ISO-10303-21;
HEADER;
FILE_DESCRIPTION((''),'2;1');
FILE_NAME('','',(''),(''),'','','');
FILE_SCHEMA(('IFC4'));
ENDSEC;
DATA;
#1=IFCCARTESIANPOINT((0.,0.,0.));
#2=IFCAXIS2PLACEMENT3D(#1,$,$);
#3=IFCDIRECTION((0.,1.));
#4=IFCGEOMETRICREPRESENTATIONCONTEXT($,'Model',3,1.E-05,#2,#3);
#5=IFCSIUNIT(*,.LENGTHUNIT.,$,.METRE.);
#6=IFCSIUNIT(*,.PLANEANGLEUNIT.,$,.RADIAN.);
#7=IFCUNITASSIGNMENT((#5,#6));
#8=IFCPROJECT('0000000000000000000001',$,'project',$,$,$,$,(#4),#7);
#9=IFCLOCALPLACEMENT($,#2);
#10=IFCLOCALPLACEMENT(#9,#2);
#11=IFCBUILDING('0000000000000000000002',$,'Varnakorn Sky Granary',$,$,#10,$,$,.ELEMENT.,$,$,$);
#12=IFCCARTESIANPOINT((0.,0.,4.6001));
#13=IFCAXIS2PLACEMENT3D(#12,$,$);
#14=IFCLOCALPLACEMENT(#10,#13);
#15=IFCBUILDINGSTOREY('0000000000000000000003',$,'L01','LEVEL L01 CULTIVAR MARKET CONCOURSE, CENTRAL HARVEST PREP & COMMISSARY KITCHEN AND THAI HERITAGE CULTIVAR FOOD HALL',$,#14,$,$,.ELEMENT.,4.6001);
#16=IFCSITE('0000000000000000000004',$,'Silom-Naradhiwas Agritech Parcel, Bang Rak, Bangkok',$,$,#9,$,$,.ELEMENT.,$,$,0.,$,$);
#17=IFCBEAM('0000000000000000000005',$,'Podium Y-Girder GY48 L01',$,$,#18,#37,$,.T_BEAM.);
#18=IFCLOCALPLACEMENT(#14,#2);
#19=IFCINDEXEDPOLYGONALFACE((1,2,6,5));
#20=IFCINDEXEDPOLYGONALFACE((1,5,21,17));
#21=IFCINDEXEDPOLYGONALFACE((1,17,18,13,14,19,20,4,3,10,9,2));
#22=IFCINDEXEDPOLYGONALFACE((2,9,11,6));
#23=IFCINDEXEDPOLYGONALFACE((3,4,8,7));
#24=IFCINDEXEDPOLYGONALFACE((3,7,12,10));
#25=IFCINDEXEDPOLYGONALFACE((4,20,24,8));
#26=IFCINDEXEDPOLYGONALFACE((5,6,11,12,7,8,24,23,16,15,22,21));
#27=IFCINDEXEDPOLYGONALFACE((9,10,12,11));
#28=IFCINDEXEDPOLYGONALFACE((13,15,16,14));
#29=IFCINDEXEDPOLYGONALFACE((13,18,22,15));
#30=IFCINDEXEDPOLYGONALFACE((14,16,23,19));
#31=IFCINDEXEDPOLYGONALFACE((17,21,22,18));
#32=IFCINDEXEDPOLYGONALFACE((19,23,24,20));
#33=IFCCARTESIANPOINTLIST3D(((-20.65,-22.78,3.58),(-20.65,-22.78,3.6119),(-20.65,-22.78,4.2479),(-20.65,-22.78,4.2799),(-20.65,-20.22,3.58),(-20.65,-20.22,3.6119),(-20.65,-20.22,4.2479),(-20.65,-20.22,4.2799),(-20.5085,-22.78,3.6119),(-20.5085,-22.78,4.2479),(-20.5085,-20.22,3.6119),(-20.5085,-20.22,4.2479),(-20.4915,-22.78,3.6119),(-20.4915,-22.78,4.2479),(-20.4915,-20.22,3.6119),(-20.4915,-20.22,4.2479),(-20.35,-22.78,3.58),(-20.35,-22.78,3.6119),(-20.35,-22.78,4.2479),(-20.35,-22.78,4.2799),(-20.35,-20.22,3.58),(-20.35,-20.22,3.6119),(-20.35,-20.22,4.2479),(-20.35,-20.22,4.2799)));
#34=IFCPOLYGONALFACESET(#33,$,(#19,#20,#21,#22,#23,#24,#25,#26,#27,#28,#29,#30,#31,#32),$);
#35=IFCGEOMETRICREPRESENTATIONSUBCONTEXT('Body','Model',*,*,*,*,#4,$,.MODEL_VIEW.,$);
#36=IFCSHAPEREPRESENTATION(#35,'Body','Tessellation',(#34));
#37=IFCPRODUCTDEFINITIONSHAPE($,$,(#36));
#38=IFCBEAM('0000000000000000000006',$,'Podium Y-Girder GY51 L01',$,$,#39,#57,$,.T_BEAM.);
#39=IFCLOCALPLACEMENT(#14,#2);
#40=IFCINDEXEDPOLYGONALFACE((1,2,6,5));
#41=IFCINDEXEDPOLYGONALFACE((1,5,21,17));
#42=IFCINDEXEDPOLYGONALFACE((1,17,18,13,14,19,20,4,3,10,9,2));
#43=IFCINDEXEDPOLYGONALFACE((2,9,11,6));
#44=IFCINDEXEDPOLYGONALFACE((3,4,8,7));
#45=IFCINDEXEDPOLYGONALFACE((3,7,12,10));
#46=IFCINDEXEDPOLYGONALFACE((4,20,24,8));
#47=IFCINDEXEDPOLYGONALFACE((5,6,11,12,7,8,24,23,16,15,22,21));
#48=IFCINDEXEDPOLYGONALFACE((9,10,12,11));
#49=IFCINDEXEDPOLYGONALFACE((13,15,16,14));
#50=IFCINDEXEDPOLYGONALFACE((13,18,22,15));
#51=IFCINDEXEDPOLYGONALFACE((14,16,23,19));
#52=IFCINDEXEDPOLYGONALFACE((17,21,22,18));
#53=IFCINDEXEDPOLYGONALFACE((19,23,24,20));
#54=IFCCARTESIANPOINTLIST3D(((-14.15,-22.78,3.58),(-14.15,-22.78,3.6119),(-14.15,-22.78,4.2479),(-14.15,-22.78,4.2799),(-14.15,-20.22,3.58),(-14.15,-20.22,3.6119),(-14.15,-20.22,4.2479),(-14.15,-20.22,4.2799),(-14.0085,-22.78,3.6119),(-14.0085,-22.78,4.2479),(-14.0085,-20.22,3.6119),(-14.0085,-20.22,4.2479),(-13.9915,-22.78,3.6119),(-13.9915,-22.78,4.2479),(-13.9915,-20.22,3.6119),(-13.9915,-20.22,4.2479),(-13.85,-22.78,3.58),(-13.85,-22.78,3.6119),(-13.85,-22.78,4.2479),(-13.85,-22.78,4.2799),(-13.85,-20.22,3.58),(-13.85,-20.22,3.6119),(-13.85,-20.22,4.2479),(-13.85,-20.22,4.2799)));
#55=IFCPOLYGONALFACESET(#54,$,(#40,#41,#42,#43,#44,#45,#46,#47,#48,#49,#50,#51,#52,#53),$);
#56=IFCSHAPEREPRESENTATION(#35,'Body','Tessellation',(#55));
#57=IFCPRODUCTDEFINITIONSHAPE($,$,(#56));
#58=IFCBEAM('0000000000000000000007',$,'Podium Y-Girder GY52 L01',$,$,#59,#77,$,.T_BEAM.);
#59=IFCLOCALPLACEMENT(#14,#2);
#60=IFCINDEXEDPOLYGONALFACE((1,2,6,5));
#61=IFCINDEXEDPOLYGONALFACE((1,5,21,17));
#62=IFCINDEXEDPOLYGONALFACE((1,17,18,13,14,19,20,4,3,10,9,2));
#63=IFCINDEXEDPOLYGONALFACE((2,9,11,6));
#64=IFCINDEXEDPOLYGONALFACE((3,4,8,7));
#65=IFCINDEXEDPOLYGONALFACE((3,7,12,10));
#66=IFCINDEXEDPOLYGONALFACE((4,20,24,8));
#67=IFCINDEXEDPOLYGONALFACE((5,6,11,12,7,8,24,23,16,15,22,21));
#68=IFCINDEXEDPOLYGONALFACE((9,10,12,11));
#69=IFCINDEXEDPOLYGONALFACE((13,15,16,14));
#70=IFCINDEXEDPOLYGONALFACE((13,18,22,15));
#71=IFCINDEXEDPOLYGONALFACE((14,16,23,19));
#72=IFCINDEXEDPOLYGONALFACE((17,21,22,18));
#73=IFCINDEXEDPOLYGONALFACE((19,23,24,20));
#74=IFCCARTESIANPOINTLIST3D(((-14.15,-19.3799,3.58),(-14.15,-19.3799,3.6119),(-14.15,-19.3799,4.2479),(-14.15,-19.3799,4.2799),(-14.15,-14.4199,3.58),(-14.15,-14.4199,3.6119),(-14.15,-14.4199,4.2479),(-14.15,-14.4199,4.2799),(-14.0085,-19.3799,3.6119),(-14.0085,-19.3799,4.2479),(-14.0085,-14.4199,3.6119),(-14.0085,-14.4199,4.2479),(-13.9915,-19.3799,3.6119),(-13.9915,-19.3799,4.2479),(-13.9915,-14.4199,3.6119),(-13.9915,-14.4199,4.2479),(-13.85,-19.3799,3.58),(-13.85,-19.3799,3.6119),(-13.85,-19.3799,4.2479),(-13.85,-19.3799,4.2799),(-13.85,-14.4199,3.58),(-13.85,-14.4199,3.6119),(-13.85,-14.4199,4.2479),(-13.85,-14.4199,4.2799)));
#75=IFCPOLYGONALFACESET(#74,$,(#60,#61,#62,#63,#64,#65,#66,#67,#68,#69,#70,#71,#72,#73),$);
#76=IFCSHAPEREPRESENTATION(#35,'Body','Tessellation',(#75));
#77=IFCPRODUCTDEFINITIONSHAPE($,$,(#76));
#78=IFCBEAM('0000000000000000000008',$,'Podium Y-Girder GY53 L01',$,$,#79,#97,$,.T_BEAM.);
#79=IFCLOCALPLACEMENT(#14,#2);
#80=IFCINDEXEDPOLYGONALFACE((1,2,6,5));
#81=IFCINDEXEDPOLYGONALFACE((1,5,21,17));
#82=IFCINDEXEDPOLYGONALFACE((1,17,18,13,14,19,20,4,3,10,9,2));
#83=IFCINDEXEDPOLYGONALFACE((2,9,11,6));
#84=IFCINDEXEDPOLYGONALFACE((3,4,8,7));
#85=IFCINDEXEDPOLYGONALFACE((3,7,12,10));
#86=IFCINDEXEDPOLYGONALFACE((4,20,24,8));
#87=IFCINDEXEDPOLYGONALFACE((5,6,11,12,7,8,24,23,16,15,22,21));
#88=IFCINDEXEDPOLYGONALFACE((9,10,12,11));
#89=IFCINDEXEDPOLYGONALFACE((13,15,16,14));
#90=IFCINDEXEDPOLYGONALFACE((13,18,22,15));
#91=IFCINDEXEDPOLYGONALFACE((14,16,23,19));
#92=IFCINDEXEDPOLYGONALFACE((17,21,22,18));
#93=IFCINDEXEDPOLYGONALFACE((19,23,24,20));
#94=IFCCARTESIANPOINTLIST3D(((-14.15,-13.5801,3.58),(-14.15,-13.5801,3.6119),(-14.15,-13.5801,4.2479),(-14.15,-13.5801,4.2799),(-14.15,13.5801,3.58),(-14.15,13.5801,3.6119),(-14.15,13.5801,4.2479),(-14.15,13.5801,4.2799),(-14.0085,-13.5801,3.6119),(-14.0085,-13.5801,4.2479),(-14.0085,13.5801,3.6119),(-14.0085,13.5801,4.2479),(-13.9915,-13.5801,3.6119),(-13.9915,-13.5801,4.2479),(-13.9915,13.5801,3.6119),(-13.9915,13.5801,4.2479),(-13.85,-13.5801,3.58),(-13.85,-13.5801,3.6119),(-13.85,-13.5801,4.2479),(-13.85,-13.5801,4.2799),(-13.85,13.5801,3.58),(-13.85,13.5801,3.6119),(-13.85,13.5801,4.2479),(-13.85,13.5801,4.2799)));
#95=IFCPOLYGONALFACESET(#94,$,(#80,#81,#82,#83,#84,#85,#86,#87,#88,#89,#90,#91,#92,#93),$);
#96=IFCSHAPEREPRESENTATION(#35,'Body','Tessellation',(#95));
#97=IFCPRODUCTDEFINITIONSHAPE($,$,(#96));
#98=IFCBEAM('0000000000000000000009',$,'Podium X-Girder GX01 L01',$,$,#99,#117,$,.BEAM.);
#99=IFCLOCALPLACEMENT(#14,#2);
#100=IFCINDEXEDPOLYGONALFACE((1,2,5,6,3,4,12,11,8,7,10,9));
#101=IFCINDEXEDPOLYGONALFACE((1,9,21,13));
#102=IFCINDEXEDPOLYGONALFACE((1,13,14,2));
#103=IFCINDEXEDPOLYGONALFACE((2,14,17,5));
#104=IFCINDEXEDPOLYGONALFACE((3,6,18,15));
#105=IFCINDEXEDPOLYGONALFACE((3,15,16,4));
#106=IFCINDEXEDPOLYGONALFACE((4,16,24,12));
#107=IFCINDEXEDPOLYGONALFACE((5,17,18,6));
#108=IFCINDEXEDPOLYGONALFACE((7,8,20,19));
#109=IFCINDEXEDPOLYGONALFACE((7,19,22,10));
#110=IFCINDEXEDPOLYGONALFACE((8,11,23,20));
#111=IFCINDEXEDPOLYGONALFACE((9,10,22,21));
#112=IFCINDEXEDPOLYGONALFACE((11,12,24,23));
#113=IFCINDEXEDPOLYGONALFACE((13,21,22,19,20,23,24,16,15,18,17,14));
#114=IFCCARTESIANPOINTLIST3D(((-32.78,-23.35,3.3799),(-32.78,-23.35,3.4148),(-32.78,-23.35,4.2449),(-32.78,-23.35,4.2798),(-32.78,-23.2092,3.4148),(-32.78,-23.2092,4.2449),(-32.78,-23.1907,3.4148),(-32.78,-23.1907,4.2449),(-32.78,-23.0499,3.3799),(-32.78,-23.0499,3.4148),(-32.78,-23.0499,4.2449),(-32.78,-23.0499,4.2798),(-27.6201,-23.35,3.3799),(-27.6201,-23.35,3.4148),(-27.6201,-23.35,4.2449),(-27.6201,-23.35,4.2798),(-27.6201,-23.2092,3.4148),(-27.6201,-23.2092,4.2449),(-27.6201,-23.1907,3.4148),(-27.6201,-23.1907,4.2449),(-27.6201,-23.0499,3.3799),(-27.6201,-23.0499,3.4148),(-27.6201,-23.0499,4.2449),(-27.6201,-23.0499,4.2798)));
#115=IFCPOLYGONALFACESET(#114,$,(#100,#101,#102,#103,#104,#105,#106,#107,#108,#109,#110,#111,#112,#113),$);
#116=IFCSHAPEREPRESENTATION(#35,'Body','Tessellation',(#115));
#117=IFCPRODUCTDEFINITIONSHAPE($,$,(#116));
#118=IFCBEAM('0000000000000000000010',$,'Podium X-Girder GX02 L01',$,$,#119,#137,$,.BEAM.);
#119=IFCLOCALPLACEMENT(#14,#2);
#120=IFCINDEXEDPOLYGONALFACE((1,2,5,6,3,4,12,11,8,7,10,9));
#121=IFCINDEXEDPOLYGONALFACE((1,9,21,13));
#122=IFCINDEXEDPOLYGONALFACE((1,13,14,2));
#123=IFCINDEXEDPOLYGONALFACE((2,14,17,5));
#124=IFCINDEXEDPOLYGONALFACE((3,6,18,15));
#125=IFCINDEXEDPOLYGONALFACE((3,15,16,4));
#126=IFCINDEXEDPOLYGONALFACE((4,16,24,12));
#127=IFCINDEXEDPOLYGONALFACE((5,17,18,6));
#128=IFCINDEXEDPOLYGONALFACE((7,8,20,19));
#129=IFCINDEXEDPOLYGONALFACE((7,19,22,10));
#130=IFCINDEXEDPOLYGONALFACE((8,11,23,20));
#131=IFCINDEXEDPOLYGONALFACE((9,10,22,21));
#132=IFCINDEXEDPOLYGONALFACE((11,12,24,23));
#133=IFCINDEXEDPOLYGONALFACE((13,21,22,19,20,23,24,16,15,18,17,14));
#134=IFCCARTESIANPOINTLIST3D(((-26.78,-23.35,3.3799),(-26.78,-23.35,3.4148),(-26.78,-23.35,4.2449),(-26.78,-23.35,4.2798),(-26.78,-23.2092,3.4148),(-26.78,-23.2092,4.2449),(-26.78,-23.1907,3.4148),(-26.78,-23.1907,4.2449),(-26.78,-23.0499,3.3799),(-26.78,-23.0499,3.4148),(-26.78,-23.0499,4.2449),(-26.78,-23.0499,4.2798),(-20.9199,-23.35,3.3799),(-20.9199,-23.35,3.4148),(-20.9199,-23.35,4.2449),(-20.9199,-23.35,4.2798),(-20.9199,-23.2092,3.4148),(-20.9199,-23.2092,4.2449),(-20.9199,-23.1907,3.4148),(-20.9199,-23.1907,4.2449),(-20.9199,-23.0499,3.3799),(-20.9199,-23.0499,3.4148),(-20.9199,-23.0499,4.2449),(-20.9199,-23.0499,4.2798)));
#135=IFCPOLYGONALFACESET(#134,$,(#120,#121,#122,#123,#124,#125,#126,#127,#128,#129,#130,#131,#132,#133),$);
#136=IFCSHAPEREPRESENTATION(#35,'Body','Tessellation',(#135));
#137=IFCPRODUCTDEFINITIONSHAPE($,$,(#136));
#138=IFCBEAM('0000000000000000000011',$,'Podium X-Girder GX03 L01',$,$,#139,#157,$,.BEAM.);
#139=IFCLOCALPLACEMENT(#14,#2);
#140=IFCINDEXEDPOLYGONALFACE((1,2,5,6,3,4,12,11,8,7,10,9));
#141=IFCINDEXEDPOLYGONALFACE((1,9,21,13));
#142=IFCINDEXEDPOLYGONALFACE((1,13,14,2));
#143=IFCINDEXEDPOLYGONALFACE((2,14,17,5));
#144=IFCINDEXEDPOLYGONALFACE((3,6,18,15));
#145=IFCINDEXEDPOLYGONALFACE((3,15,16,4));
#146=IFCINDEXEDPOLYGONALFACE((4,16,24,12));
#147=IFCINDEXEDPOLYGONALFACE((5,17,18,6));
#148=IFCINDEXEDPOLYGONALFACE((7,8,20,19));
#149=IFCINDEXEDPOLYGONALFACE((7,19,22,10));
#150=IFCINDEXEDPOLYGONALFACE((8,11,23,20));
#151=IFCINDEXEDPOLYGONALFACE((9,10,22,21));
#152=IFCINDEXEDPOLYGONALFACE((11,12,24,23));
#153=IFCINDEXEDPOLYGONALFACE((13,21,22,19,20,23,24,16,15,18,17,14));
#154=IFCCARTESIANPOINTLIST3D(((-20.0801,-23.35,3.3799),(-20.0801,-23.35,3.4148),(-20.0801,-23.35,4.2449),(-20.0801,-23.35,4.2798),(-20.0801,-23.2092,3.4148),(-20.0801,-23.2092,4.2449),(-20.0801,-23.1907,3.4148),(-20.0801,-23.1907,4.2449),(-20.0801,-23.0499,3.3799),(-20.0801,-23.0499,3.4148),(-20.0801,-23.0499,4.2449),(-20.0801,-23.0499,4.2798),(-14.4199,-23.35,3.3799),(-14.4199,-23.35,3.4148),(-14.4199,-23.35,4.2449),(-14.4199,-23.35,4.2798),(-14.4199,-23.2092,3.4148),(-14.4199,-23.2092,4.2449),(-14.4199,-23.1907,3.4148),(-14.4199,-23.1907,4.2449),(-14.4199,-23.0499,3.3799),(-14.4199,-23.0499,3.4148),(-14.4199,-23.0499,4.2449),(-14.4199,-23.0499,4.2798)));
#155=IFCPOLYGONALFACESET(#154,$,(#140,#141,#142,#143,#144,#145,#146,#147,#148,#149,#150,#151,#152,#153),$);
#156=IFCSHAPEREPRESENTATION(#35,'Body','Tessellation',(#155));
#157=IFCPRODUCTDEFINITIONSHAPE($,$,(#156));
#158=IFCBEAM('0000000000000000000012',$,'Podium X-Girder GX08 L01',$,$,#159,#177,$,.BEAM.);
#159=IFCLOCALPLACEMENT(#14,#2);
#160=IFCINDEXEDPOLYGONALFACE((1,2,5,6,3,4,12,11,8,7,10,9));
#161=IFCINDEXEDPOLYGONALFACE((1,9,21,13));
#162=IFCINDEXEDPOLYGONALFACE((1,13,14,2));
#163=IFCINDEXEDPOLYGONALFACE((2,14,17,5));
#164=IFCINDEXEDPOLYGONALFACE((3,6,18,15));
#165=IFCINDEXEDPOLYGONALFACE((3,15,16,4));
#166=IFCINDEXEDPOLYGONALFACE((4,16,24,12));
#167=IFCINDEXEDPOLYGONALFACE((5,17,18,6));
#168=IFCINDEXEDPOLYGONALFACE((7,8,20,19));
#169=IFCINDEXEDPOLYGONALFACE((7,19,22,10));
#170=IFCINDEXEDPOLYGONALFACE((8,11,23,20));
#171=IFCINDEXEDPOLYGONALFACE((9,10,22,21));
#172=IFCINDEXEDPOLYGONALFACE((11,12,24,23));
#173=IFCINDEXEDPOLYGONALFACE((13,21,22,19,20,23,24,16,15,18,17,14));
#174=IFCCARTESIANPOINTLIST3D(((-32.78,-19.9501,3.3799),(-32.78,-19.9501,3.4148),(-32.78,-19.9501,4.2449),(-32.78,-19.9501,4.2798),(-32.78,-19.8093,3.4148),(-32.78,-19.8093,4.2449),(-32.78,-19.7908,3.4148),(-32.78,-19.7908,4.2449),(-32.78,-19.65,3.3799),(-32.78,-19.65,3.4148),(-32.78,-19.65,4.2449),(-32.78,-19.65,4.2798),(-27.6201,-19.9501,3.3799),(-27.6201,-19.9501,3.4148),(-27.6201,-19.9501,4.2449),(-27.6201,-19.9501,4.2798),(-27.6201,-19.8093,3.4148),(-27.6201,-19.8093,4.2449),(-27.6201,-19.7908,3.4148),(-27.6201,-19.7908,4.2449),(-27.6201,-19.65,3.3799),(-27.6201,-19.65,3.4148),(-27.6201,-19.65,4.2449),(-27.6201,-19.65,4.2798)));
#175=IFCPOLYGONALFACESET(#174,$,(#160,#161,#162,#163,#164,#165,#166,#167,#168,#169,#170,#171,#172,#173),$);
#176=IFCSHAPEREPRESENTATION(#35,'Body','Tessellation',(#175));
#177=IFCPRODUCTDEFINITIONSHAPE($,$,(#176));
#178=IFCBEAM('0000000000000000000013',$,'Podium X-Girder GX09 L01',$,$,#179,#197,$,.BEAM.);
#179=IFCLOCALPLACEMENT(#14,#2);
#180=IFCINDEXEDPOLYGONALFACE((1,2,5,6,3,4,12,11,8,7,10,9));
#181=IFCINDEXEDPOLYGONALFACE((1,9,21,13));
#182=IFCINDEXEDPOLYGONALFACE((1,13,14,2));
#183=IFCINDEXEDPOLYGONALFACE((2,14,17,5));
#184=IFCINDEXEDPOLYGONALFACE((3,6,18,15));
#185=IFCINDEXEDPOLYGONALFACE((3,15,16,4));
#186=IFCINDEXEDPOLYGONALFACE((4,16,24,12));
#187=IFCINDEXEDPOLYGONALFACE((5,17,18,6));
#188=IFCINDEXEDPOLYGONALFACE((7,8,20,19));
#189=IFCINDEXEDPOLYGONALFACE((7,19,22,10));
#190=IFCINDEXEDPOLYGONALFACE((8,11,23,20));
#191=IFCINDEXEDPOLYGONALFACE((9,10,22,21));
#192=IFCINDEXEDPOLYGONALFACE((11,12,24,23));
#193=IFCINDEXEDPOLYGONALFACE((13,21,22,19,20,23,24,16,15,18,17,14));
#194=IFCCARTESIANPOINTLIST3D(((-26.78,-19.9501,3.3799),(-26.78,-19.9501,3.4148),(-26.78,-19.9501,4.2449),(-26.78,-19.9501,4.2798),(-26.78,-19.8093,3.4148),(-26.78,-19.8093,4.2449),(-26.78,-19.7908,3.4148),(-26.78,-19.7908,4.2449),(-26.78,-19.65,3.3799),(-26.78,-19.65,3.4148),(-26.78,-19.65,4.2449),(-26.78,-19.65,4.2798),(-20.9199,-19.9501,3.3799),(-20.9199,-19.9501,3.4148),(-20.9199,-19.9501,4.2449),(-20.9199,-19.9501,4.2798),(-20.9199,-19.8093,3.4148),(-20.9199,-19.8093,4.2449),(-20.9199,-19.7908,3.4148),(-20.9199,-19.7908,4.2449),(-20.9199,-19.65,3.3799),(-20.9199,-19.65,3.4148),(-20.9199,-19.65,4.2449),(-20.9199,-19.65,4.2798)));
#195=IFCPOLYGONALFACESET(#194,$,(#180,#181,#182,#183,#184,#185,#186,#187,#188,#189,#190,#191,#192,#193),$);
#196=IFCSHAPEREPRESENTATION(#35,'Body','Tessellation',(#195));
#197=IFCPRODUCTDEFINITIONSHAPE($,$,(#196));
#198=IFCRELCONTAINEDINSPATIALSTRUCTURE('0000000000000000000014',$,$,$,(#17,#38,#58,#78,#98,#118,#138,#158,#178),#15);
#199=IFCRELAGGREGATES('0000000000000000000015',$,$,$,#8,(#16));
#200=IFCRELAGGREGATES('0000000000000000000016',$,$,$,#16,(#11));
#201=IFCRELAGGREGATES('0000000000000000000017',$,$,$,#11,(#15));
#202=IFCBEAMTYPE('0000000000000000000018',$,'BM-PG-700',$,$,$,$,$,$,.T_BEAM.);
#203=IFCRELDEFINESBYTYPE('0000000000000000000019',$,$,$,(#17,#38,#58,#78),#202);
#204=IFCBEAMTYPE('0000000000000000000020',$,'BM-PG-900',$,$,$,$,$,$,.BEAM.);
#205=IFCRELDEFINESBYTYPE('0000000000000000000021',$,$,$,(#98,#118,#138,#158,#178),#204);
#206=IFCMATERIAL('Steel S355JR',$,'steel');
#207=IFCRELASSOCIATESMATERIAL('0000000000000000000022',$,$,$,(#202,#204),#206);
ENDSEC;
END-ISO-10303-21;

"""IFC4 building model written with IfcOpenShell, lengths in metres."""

from ifc_helpers import new_model, si_unit, direction, frame, origin, origin_2d, place, context, subcontext, project, spatial, i_section, extrude, material, material_profile, profile_set, type_object, element, save


model = new_model("IFC4")

# Units and contexts
model_context = context("Model", 3, precision=1e-05, world=origin(), true_north=direction((0.0, 1.0)))
body_context = subcontext(model_context, "Body", "Model", "MODEL_VIEW")
ifc_project = project(units=[si_unit("LENGTHUNIT", "METRE"), si_unit("PLANEANGLEUNIT", "RADIAN")], contexts=[model_context])

# Site, building, storey
site_placement = place(None, origin())
site = spatial("IfcSite", under=ifc_project, at=site_placement, Name="Silom-Naradhiwas Agritech Parcel, Bang Rak, Bangkok", CompositionType="ELEMENT", RefElevation=0.0)
building_placement = place(site_placement, origin())
building = spatial("IfcBuilding", under=site, at=building_placement, Name="Varnakorn Sky Granary", CompositionType="ELEMENT")
storey_placement = place(building_placement, frame((0.0, 0.0, 4.6001)))
storey = spatial("IfcBuildingStorey", under=building, at=storey_placement, Name="L01", Description="LEVEL L01 CULTIVAR MARKET CONCOURSE, CENTRAL HARVEST PREP & COMMISSARY KITCHEN AND THAI HERITAGE CULTIVAR FOOD HALL", CompositionType="ELEMENT", Elevation=4.6001)

# Beams
ifc_material_1 = material(Name="Steel S355JR", Category="steel")
ifc_material_profile_1 = material_profile(ifc_material_1, i_section(OverallWidth=0.3, OverallDepth=0.7, WebThickness=0.0171, FlangeThickness=0.032, at=origin_2d()), Name="HE 700 B")
ifc_profile_set_1 = profile_set([ifc_material_profile_1], Name="Steel S355JR")
beam_type_1 = type_object("IfcBeamType", Name="BM-PG-700", PredefinedType="T_BEAM", material=ifc_profile_set_1)
for number, where, z_axis, x_axis, name in (
    (1, (-20.5, -22.78, 3.9299), (0.0, 1.0, 0.0), (-1.0, 0.0, 0.0), "Podium Y-Girder GY48 L01"),
    (2, (-14.0, -22.78, 3.9299), (0.0, 1.0, 0.0), (-1.0, 0.0, 0.0), "Podium Y-Girder GY51 L01"),
):
    element("IfcBeam", number, at=place(storey_placement, frame(where, z_axis=z_axis, x_axis=x_axis)), inside=storey, type_object=beam_type_1, Name=name, PredefinedType="T_BEAM", context=body_context, shape_type="SweptSolid", body=[
        extrude(i_section(OverallWidth=0.3, OverallDepth=0.7, WebThickness=0.0171, FlangeThickness=0.032, at=origin_2d()), origin(), (0.0, 0.0, 1.0), 2.5601),
    ])
beam_1_placement = place(storey_placement, frame((-14.0, -19.3799, 3.9299), z_axis=(0.0, 1.0, 0.0), x_axis=(-1.0, 0.0, 0.0)))
element("IfcBeam", 3, at=beam_1_placement, inside=storey, type_object=beam_type_1, Name="Podium Y-Girder GY52 L01", PredefinedType="T_BEAM", context=body_context, shape_type="SweptSolid", body=[
    extrude(i_section(OverallWidth=0.3, OverallDepth=0.7, WebThickness=0.0171, FlangeThickness=0.032, at=origin_2d()), origin(), (0.0, 0.0, 1.0), 4.96),
])
beam_2_placement = place(storey_placement, frame((-14.0, -13.5801, 3.9299), z_axis=(0.0, 1.0, 0.0), x_axis=(-1.0, 0.0, 0.0)))
element("IfcBeam", 4, at=beam_2_placement, inside=storey, type_object=beam_type_1, Name="Podium Y-Girder GY53 L01", PredefinedType="T_BEAM", context=body_context, shape_type="SweptSolid", body=[
    extrude(i_section(OverallWidth=0.3, OverallDepth=0.7, WebThickness=0.0171, FlangeThickness=0.032, at=origin_2d()), origin(), (0.0, 0.0, 1.0), 27.1602),
])
ifc_material_profile_2 = material_profile(ifc_material_1, i_section(OverallWidth=0.3, OverallDepth=0.8999, WebThickness=0.0186, FlangeThickness=0.0349, at=origin_2d()), Name="HE 900 B")
ifc_profile_set_2 = profile_set([ifc_material_profile_2], Name="Steel S355JR")
beam_type_2 = type_object("IfcBeamType", Name="BM-PG-900", PredefinedType="BEAM", material=ifc_profile_set_2)
beam_3_placement = place(storey_placement, frame((-32.78, -23.2, 3.8298), z_axis=(1.0, 0.0, 0.0), x_axis=(0.0, 1.0, 0.0)))
element("IfcBeam", 5, at=beam_3_placement, inside=storey, type_object=beam_type_2, Name="Podium X-Girder GX01 L01", PredefinedType="BEAM", context=body_context, shape_type="SweptSolid", body=[
    extrude(i_section(OverallWidth=0.3, OverallDepth=0.8999, WebThickness=0.0186, FlangeThickness=0.0349, at=origin_2d()), origin(), (0.0, 0.0, 1.0), 5.1599),
])
beam_4_placement = place(storey_placement, frame((-26.78, -23.2, 3.8298), z_axis=(1.0, 0.0, 0.0), x_axis=(0.0, 1.0, 0.0)))
element("IfcBeam", 6, at=beam_4_placement, inside=storey, type_object=beam_type_2, Name="Podium X-Girder GX02 L01", PredefinedType="BEAM", context=body_context, shape_type="SweptSolid", body=[
    extrude(i_section(OverallWidth=0.3, OverallDepth=0.8999, WebThickness=0.0186, FlangeThickness=0.0349, at=origin_2d()), origin(), (0.0, 0.0, 1.0), 5.8601),
])
beam_5_placement = place(storey_placement, frame((-20.0801, -23.2, 3.8298), z_axis=(1.0, 0.0, 0.0), x_axis=(0.0, 1.0, 0.0)))
element("IfcBeam", 7, at=beam_5_placement, inside=storey, type_object=beam_type_2, Name="Podium X-Girder GX03 L01", PredefinedType="BEAM", context=body_context, shape_type="SweptSolid", body=[
    extrude(i_section(OverallWidth=0.3, OverallDepth=0.8999, WebThickness=0.0186, FlangeThickness=0.0349, at=origin_2d()), origin(), (0.0, 0.0, 1.0), 5.6602),
])
beam_6_placement = place(storey_placement, frame((-32.78, -19.8, 3.8298), z_axis=(1.0, 0.0, 0.0), x_axis=(0.0, 1.0, 0.0)))
element("IfcBeam", 8, at=beam_6_placement, inside=storey, type_object=beam_type_2, Name="Podium X-Girder GX08 L01", PredefinedType="BEAM", context=body_context, shape_type="SweptSolid", body=[
    extrude(i_section(OverallWidth=0.3, OverallDepth=0.8999, WebThickness=0.0186, FlangeThickness=0.0349, at=origin_2d()), origin(), (0.0, 0.0, 1.0), 5.1599),
])
beam_7_placement = place(storey_placement, frame((-26.78, -19.8, 3.8298), z_axis=(1.0, 0.0, 0.0), x_axis=(0.0, 1.0, 0.0)))
element("IfcBeam", 9, at=beam_7_placement, inside=storey, type_object=beam_type_2, Name="Podium X-Girder GX09 L01", PredefinedType="BEAM", context=body_context, shape_type="SweptSolid", body=[
    extrude(i_section(OverallWidth=0.3, OverallDepth=0.8999, WebThickness=0.0186, FlangeThickness=0.0349, at=origin_2d()), origin(), (0.0, 0.0, 1.0), 5.8601),
])

save(model, "model.ifc")
